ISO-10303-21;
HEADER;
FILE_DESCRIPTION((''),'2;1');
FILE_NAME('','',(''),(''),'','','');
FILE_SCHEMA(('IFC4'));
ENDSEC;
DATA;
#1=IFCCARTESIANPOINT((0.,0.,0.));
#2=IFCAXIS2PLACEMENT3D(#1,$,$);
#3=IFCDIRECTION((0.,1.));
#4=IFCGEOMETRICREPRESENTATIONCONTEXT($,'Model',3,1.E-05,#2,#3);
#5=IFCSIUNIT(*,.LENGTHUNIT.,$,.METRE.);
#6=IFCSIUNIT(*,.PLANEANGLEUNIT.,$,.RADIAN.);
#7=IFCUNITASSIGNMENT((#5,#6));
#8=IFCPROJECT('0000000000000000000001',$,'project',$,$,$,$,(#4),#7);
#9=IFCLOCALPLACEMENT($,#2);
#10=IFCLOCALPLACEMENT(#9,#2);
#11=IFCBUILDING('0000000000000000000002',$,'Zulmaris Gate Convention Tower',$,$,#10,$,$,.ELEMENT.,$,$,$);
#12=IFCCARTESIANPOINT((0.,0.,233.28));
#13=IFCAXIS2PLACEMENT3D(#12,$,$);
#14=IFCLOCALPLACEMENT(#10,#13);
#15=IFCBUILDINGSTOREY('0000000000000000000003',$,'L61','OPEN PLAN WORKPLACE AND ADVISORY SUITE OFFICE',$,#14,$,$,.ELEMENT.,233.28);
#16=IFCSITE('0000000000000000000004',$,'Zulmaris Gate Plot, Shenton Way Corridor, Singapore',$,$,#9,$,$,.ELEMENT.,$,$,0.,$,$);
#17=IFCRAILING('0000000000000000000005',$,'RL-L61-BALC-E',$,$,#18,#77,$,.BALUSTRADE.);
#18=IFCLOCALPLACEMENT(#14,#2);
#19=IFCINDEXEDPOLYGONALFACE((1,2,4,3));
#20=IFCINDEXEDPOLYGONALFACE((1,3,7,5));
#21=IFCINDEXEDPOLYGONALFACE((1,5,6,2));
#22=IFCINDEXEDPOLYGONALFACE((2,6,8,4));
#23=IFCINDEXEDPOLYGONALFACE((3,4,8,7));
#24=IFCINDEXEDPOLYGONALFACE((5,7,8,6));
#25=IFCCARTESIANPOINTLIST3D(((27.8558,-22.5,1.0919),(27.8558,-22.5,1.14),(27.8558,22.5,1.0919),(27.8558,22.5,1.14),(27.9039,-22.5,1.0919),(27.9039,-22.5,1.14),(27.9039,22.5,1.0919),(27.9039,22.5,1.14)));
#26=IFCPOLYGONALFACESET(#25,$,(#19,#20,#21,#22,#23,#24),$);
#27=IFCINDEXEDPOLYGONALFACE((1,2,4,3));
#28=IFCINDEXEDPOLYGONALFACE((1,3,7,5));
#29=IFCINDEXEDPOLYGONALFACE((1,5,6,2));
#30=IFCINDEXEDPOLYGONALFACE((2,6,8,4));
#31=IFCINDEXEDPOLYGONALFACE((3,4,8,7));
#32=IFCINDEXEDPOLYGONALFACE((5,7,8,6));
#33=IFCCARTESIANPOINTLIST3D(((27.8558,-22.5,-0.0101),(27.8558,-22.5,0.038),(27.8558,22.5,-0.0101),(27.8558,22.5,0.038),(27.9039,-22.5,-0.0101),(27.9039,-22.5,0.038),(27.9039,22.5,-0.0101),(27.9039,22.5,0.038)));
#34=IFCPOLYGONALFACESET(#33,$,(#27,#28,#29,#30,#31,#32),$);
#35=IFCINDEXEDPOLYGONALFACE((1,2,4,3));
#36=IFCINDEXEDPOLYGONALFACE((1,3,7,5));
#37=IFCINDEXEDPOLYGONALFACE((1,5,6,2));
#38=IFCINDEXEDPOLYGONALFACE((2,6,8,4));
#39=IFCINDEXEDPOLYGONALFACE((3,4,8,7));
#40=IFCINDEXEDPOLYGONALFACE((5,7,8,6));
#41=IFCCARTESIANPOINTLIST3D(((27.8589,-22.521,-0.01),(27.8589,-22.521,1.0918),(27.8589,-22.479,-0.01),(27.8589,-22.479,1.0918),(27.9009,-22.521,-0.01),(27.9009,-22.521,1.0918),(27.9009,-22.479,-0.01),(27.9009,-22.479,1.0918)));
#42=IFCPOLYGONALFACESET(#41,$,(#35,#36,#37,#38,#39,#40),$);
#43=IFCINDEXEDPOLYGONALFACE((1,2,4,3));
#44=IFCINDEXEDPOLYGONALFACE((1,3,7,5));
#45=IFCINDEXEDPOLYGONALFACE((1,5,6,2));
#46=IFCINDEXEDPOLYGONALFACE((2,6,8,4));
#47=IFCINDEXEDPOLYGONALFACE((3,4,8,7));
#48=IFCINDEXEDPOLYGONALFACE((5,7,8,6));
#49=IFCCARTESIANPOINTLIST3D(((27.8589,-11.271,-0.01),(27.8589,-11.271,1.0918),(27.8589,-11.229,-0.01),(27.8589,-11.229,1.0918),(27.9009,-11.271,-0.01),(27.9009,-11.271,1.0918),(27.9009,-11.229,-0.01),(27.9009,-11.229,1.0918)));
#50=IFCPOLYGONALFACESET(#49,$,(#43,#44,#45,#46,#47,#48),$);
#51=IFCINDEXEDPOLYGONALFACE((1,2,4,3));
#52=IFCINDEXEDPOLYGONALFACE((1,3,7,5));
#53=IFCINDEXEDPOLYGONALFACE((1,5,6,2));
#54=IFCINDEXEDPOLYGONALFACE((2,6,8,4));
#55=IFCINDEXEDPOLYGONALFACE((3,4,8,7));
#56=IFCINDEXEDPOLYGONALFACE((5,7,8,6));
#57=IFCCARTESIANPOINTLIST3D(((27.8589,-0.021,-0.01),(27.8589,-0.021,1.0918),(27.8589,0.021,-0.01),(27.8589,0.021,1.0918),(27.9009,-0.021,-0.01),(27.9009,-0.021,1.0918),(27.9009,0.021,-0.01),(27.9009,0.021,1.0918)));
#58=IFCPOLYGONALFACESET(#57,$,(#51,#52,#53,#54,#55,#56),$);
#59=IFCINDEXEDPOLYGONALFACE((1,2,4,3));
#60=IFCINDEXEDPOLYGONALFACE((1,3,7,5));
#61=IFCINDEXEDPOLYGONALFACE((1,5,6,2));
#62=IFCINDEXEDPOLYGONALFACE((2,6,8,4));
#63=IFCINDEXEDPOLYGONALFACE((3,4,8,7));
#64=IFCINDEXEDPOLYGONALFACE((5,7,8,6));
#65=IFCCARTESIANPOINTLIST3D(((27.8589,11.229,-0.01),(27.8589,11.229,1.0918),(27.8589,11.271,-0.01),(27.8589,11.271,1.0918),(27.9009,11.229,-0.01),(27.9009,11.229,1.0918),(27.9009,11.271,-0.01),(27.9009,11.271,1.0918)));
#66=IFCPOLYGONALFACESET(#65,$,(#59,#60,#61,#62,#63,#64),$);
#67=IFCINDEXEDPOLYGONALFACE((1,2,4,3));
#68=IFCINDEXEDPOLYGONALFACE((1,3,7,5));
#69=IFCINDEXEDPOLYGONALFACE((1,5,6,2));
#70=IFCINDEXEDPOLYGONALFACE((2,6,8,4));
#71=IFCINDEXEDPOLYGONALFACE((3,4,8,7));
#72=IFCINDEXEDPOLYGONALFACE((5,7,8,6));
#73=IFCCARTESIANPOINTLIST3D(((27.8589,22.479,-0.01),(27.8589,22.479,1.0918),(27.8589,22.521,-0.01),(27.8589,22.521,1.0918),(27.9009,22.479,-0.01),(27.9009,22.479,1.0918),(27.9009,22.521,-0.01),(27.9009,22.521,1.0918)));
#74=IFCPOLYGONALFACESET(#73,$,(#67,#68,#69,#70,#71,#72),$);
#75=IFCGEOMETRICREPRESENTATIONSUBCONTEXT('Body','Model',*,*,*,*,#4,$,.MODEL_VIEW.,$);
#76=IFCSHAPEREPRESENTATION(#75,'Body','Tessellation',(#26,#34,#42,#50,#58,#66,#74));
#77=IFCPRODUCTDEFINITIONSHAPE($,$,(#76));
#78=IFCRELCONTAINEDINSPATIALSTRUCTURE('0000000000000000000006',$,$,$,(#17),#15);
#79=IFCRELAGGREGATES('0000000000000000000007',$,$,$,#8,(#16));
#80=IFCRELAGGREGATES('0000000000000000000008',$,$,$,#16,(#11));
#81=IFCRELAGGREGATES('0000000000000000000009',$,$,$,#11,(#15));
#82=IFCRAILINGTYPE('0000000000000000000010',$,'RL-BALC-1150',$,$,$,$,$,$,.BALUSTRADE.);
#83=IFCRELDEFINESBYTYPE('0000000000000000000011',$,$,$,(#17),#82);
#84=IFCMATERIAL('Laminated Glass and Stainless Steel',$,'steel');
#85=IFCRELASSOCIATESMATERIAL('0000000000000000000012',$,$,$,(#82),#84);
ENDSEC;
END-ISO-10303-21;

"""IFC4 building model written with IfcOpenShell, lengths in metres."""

from ifc_helpers import new_model, si_unit, direction, frame, origin, origin_2d, place, context, subcontext, project, spatial, rectangle, extrude, material, type_object, element, save


model = new_model("IFC4")

# Units and contexts
model_context = context("Model", 3, precision=1e-05, world=origin(), true_north=direction((0.0, 1.0)))
body_context = subcontext(model_context, "Body", "Model", "MODEL_VIEW")
ifc_project = project(units=[si_unit("LENGTHUNIT", "METRE"), si_unit("PLANEANGLEUNIT", "RADIAN")], contexts=[model_context])

# Site, building, storey
site_placement = place(None, origin())
site = spatial("IfcSite", under=ifc_project, at=site_placement, Name="Zulmaris Gate Plot, Shenton Way Corridor, Singapore", CompositionType="ELEMENT", RefElevation=0.0)
building_placement = place(site_placement, origin())
building = spatial("IfcBuilding", under=site, at=building_placement, Name="Zulmaris Gate Convention Tower", CompositionType="ELEMENT")
storey_placement = place(building_placement, frame((0.0, 0.0, 233.28)))
storey = spatial("IfcBuildingStorey", under=building, at=storey_placement, Name="L61", Description="OPEN PLAN WORKPLACE AND ADVISORY SUITE OFFICE", CompositionType="ELEMENT", Elevation=233.28)

# Railing
ifc_material_1 = material(Name="Laminated Glass and Stainless Steel", Category="steel")
railing_type = type_object("IfcRailingType", Name="RL-BALC-1150", PredefinedType="BALUSTRADE", material=ifc_material_1)
railing_placement = place(storey_placement, frame((27.8799, -22.5, -0.01)))
element("IfcRailing", 1, at=railing_placement, inside=storey, type_object=railing_type, Name="RL-L61-BALC-E", PredefinedType="BALUSTRADE", context=body_context, shape_type="SweptSolid", body=[
    extrude(rectangle(XDim=0.0481, YDim=0.0481, at=origin_2d()), frame((0.0, 0.0, 1.126), z_axis=(0.0, 1.0, 0.0), x_axis=(-1.0, 0.0, 0.0)), (0.0, 0.0, 1.0), 45.0),
    extrude(rectangle(XDim=0.0481, YDim=0.0481, at=origin_2d()), frame((0.0, 0.0, 0.0239), z_axis=(0.0, 1.0, 0.0), x_axis=(-1.0, 0.0, 0.0)), (0.0, 0.0, 1.0), 45.0),
    extrude(rectangle(XDim=0.042, YDim=0.042, at=origin_2d()), origin(), (0.0, 0.0, 1.0), 1.1018),
    extrude(rectangle(XDim=0.042, YDim=0.042, at=origin_2d()), frame((0.0, 11.25, 0.0)), (0.0, 0.0, 1.0), 1.1018),
    extrude(rectangle(XDim=0.042, YDim=0.042, at=origin_2d()), frame((0.0, 22.5, 0.0)), (0.0, 0.0, 1.0), 1.1018),
    extrude(rectangle(XDim=0.042, YDim=0.042, at=origin_2d()), frame((0.0, 33.75, 0.0)), (0.0, 0.0, 1.0), 1.1018),
    extrude(rectangle(XDim=0.042, YDim=0.042, at=origin_2d()), frame((0.0, 45.0, 0.0)), (0.0, 0.0, 1.0), 1.1018),
])

save(model, "model.ifc")
